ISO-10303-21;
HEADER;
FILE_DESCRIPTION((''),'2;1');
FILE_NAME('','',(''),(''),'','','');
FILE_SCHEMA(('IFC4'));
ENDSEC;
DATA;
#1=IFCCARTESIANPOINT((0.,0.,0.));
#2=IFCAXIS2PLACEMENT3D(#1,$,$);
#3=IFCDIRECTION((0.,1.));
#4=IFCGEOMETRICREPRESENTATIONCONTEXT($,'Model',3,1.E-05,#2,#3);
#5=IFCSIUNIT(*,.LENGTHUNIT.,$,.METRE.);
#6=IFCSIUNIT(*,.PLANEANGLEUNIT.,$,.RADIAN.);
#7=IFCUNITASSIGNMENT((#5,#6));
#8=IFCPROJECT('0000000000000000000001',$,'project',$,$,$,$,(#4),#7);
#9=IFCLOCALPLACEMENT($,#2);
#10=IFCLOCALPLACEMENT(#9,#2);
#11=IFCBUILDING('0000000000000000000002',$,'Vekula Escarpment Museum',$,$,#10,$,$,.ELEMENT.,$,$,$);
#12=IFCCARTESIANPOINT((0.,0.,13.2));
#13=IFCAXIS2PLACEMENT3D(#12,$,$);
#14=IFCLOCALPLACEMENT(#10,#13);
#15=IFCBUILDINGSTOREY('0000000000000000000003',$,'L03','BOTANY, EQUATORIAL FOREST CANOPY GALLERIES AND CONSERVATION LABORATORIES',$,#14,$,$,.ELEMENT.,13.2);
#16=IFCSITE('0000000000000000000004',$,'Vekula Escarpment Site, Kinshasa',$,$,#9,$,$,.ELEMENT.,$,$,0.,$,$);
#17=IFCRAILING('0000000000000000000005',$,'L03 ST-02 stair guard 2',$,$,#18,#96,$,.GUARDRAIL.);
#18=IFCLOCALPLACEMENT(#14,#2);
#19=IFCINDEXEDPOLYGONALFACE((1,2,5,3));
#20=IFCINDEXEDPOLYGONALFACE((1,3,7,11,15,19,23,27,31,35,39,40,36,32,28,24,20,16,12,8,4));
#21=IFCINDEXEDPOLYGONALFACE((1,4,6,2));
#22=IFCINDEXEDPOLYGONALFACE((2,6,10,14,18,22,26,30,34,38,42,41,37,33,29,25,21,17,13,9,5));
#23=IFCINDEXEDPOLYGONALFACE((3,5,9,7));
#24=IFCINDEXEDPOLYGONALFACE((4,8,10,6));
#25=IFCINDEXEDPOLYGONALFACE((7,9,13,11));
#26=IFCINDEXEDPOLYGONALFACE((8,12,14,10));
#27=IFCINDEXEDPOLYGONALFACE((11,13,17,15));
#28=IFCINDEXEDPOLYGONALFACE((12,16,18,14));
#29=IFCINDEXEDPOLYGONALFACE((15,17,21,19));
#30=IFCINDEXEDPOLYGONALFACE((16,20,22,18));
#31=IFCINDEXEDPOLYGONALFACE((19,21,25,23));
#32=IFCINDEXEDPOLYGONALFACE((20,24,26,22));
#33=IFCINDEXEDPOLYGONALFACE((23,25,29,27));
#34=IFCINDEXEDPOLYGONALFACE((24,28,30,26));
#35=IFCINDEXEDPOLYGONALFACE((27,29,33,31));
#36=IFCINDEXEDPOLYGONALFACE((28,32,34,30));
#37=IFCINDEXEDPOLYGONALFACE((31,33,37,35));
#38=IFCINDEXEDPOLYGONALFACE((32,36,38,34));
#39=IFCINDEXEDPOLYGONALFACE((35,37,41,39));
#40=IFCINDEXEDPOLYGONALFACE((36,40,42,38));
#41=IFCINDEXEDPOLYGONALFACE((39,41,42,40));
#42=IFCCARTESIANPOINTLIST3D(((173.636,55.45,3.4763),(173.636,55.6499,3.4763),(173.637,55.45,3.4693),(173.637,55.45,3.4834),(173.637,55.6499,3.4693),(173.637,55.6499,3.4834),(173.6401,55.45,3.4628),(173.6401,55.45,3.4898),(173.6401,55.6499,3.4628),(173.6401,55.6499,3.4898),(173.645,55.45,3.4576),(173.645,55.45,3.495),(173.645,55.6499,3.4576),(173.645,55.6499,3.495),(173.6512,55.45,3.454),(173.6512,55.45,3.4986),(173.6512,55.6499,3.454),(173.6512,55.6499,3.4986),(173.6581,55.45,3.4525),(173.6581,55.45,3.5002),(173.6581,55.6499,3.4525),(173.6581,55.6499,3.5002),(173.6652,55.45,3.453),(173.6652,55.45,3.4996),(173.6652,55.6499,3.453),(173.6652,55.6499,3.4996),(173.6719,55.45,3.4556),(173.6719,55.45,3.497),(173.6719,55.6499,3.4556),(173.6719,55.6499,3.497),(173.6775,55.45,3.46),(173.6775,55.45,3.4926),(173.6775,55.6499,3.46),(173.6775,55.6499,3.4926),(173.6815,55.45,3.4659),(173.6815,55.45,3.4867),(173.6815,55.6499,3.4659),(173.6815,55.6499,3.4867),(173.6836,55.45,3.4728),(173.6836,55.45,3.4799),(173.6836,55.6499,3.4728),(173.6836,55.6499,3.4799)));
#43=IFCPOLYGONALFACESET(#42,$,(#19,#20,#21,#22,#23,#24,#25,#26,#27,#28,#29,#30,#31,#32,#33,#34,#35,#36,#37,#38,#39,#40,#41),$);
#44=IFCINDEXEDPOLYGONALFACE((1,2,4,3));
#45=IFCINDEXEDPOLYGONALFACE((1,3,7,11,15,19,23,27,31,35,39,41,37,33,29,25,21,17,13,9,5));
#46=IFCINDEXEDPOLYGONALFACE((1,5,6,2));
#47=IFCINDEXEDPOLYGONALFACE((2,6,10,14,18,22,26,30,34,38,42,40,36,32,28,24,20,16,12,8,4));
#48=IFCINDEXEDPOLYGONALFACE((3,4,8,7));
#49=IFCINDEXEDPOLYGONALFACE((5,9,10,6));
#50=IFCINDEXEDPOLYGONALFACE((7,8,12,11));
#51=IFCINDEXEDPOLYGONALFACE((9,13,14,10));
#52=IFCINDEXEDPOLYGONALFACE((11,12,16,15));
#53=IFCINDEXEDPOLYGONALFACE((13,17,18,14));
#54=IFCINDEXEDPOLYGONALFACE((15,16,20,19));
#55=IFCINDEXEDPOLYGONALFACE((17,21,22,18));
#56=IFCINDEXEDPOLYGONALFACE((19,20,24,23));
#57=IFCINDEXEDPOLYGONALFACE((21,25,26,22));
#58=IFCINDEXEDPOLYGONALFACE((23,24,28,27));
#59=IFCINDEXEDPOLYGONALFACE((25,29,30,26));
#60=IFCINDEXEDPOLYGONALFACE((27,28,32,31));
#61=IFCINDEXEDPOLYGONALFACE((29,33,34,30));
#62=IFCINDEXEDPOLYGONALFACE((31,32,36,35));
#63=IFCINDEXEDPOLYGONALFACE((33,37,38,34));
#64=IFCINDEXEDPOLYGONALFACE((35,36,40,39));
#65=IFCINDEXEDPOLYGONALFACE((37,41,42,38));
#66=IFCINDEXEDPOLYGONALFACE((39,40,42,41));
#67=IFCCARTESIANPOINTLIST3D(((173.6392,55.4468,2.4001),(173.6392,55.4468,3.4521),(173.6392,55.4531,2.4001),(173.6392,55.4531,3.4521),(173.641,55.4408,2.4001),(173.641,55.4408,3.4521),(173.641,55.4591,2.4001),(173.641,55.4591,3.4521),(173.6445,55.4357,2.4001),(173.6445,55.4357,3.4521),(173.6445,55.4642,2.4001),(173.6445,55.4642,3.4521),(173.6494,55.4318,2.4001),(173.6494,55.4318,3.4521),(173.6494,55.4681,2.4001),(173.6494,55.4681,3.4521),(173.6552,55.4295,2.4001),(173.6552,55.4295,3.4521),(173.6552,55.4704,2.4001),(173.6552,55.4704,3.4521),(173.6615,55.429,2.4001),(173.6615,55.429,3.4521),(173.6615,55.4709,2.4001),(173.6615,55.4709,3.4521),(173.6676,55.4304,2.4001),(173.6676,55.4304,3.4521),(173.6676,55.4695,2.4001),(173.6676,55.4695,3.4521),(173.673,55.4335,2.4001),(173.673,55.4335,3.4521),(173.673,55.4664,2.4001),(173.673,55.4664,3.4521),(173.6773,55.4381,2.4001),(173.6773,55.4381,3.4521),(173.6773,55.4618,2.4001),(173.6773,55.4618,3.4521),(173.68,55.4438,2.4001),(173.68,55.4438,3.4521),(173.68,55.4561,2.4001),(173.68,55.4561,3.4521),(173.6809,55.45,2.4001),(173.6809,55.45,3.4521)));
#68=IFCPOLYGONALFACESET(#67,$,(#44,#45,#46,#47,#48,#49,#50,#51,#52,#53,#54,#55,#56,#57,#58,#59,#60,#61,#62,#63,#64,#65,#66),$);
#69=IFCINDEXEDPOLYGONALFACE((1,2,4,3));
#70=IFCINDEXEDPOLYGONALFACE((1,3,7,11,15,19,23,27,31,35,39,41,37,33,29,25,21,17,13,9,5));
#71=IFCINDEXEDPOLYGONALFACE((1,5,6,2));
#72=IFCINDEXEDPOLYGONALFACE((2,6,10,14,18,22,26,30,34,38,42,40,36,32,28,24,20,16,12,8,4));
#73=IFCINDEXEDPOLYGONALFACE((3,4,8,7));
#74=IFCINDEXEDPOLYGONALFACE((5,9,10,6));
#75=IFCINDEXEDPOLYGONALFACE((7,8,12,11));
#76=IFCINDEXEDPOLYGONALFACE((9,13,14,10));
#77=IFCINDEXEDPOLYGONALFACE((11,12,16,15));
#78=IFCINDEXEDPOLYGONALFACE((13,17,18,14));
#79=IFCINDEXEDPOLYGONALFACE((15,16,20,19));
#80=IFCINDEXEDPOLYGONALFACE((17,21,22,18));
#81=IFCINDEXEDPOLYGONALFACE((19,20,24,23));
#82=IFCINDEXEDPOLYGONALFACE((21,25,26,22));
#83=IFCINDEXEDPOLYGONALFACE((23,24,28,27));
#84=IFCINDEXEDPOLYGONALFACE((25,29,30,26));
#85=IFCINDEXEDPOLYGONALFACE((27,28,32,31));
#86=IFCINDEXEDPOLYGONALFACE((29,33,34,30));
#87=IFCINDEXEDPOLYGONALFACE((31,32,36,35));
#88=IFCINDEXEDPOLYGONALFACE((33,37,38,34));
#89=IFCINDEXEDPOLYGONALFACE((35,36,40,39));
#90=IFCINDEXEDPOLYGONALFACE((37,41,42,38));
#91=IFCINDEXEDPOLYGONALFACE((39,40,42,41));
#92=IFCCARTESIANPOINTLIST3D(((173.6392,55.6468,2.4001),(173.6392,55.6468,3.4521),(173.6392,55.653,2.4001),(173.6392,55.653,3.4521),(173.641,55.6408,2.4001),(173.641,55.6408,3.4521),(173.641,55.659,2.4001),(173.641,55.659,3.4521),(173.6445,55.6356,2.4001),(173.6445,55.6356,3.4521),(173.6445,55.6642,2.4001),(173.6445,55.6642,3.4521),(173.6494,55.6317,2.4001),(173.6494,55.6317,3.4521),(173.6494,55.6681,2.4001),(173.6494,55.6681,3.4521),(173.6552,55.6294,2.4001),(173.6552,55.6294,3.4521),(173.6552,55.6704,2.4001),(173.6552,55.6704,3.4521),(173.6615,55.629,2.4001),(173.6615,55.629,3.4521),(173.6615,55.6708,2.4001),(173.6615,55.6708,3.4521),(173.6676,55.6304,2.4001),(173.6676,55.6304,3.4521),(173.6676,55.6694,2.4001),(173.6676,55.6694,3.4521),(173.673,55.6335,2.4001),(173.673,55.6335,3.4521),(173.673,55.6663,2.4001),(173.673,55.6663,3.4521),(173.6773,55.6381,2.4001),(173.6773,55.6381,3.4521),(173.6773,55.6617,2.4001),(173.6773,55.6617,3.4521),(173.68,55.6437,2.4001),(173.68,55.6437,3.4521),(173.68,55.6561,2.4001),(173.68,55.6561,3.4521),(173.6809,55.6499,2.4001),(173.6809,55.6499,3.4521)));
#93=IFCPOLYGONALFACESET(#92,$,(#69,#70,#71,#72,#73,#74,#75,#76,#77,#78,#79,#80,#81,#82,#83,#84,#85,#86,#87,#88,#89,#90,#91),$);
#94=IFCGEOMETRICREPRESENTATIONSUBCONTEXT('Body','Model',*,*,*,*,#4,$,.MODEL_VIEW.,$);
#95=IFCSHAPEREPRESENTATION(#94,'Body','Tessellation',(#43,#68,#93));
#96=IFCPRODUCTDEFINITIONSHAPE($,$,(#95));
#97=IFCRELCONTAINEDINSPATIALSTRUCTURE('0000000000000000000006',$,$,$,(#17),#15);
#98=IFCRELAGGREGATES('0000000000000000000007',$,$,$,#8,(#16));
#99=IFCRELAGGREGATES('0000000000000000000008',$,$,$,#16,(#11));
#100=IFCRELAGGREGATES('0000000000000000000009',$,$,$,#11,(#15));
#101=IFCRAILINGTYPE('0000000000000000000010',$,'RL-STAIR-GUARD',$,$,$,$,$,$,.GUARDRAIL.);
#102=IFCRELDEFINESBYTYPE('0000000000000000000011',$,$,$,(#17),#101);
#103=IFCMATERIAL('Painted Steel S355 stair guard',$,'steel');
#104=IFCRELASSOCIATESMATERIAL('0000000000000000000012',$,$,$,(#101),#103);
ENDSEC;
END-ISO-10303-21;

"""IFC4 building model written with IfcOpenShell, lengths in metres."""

from ifc_helpers import new_model, si_unit, direction, frame, origin, origin_2d, place, context, subcontext, project, spatial, circle, extrude, material, type_object, element, save


model = new_model("IFC4")

# Units and contexts
model_context = context("Model", 3, precision=1e-05, world=origin(), true_north=direction((0.0, 1.0)))
body_context = subcontext(model_context, "Body", "Model", "MODEL_VIEW")
ifc_project = project(units=[si_unit("LENGTHUNIT", "METRE"), si_unit("PLANEANGLEUNIT", "RADIAN")], contexts=[model_context])

# Site, building, storey
site_placement = place(None, origin())
site = spatial("IfcSite", under=ifc_project, at=site_placement, Name="Vekula Escarpment Site, Kinshasa", CompositionType="ELEMENT", RefElevation=0.0)
building_placement = place(site_placement, origin())
building = spatial("IfcBuilding", under=site, at=building_placement, Name="Vekula Escarpment Museum", CompositionType="ELEMENT")
storey_placement = place(building_placement, frame((0.0, 0.0, 13.2)))
storey = spatial("IfcBuildingStorey", under=building, at=storey_placement, Name="L03", Description="BOTANY, EQUATORIAL FOREST CANOPY GALLERIES AND CONSERVATION LABORATORIES", CompositionType="ELEMENT", Elevation=13.2)

# Railing
ifc_material_1 = material(Name="Painted Steel S355 stair guard", Category="steel")
railing_type_1 = type_object("IfcRailingType", Name="RL-STAIR-GUARD", PredefinedType="GUARDRAIL", material=ifc_material_1)
railing_1_placement = place(storey_placement, frame((173.6599, 55.45, 2.4001)))
element("IfcRailing", 1, at=railing_1_placement, inside=storey, type_object=railing_type_1, Name="L03 ST-02 stair guard 2", PredefinedType="GUARDRAIL", context=body_context, shape_type="SweptSolid", body=[
    extrude(circle(Radius=0.0239, at=origin_2d()), frame((0.0, 0.0, 1.0762), z_axis=(0.0, 1.0, 0.0), x_axis=(-1.0, 0.0, 0.0)), (0.0, 0.0, 1.0), 0.2),
    extrude(circle(Radius=0.021, at=origin_2d()), origin(), (0.0, 0.0, 1.0), 1.052),
    extrude(circle(Radius=0.021, at=origin_2d()), frame((0.0, 0.2, 0.0)), (0.0, 0.0, 1.0), 1.052),
])

save(model, "model.ifc")
